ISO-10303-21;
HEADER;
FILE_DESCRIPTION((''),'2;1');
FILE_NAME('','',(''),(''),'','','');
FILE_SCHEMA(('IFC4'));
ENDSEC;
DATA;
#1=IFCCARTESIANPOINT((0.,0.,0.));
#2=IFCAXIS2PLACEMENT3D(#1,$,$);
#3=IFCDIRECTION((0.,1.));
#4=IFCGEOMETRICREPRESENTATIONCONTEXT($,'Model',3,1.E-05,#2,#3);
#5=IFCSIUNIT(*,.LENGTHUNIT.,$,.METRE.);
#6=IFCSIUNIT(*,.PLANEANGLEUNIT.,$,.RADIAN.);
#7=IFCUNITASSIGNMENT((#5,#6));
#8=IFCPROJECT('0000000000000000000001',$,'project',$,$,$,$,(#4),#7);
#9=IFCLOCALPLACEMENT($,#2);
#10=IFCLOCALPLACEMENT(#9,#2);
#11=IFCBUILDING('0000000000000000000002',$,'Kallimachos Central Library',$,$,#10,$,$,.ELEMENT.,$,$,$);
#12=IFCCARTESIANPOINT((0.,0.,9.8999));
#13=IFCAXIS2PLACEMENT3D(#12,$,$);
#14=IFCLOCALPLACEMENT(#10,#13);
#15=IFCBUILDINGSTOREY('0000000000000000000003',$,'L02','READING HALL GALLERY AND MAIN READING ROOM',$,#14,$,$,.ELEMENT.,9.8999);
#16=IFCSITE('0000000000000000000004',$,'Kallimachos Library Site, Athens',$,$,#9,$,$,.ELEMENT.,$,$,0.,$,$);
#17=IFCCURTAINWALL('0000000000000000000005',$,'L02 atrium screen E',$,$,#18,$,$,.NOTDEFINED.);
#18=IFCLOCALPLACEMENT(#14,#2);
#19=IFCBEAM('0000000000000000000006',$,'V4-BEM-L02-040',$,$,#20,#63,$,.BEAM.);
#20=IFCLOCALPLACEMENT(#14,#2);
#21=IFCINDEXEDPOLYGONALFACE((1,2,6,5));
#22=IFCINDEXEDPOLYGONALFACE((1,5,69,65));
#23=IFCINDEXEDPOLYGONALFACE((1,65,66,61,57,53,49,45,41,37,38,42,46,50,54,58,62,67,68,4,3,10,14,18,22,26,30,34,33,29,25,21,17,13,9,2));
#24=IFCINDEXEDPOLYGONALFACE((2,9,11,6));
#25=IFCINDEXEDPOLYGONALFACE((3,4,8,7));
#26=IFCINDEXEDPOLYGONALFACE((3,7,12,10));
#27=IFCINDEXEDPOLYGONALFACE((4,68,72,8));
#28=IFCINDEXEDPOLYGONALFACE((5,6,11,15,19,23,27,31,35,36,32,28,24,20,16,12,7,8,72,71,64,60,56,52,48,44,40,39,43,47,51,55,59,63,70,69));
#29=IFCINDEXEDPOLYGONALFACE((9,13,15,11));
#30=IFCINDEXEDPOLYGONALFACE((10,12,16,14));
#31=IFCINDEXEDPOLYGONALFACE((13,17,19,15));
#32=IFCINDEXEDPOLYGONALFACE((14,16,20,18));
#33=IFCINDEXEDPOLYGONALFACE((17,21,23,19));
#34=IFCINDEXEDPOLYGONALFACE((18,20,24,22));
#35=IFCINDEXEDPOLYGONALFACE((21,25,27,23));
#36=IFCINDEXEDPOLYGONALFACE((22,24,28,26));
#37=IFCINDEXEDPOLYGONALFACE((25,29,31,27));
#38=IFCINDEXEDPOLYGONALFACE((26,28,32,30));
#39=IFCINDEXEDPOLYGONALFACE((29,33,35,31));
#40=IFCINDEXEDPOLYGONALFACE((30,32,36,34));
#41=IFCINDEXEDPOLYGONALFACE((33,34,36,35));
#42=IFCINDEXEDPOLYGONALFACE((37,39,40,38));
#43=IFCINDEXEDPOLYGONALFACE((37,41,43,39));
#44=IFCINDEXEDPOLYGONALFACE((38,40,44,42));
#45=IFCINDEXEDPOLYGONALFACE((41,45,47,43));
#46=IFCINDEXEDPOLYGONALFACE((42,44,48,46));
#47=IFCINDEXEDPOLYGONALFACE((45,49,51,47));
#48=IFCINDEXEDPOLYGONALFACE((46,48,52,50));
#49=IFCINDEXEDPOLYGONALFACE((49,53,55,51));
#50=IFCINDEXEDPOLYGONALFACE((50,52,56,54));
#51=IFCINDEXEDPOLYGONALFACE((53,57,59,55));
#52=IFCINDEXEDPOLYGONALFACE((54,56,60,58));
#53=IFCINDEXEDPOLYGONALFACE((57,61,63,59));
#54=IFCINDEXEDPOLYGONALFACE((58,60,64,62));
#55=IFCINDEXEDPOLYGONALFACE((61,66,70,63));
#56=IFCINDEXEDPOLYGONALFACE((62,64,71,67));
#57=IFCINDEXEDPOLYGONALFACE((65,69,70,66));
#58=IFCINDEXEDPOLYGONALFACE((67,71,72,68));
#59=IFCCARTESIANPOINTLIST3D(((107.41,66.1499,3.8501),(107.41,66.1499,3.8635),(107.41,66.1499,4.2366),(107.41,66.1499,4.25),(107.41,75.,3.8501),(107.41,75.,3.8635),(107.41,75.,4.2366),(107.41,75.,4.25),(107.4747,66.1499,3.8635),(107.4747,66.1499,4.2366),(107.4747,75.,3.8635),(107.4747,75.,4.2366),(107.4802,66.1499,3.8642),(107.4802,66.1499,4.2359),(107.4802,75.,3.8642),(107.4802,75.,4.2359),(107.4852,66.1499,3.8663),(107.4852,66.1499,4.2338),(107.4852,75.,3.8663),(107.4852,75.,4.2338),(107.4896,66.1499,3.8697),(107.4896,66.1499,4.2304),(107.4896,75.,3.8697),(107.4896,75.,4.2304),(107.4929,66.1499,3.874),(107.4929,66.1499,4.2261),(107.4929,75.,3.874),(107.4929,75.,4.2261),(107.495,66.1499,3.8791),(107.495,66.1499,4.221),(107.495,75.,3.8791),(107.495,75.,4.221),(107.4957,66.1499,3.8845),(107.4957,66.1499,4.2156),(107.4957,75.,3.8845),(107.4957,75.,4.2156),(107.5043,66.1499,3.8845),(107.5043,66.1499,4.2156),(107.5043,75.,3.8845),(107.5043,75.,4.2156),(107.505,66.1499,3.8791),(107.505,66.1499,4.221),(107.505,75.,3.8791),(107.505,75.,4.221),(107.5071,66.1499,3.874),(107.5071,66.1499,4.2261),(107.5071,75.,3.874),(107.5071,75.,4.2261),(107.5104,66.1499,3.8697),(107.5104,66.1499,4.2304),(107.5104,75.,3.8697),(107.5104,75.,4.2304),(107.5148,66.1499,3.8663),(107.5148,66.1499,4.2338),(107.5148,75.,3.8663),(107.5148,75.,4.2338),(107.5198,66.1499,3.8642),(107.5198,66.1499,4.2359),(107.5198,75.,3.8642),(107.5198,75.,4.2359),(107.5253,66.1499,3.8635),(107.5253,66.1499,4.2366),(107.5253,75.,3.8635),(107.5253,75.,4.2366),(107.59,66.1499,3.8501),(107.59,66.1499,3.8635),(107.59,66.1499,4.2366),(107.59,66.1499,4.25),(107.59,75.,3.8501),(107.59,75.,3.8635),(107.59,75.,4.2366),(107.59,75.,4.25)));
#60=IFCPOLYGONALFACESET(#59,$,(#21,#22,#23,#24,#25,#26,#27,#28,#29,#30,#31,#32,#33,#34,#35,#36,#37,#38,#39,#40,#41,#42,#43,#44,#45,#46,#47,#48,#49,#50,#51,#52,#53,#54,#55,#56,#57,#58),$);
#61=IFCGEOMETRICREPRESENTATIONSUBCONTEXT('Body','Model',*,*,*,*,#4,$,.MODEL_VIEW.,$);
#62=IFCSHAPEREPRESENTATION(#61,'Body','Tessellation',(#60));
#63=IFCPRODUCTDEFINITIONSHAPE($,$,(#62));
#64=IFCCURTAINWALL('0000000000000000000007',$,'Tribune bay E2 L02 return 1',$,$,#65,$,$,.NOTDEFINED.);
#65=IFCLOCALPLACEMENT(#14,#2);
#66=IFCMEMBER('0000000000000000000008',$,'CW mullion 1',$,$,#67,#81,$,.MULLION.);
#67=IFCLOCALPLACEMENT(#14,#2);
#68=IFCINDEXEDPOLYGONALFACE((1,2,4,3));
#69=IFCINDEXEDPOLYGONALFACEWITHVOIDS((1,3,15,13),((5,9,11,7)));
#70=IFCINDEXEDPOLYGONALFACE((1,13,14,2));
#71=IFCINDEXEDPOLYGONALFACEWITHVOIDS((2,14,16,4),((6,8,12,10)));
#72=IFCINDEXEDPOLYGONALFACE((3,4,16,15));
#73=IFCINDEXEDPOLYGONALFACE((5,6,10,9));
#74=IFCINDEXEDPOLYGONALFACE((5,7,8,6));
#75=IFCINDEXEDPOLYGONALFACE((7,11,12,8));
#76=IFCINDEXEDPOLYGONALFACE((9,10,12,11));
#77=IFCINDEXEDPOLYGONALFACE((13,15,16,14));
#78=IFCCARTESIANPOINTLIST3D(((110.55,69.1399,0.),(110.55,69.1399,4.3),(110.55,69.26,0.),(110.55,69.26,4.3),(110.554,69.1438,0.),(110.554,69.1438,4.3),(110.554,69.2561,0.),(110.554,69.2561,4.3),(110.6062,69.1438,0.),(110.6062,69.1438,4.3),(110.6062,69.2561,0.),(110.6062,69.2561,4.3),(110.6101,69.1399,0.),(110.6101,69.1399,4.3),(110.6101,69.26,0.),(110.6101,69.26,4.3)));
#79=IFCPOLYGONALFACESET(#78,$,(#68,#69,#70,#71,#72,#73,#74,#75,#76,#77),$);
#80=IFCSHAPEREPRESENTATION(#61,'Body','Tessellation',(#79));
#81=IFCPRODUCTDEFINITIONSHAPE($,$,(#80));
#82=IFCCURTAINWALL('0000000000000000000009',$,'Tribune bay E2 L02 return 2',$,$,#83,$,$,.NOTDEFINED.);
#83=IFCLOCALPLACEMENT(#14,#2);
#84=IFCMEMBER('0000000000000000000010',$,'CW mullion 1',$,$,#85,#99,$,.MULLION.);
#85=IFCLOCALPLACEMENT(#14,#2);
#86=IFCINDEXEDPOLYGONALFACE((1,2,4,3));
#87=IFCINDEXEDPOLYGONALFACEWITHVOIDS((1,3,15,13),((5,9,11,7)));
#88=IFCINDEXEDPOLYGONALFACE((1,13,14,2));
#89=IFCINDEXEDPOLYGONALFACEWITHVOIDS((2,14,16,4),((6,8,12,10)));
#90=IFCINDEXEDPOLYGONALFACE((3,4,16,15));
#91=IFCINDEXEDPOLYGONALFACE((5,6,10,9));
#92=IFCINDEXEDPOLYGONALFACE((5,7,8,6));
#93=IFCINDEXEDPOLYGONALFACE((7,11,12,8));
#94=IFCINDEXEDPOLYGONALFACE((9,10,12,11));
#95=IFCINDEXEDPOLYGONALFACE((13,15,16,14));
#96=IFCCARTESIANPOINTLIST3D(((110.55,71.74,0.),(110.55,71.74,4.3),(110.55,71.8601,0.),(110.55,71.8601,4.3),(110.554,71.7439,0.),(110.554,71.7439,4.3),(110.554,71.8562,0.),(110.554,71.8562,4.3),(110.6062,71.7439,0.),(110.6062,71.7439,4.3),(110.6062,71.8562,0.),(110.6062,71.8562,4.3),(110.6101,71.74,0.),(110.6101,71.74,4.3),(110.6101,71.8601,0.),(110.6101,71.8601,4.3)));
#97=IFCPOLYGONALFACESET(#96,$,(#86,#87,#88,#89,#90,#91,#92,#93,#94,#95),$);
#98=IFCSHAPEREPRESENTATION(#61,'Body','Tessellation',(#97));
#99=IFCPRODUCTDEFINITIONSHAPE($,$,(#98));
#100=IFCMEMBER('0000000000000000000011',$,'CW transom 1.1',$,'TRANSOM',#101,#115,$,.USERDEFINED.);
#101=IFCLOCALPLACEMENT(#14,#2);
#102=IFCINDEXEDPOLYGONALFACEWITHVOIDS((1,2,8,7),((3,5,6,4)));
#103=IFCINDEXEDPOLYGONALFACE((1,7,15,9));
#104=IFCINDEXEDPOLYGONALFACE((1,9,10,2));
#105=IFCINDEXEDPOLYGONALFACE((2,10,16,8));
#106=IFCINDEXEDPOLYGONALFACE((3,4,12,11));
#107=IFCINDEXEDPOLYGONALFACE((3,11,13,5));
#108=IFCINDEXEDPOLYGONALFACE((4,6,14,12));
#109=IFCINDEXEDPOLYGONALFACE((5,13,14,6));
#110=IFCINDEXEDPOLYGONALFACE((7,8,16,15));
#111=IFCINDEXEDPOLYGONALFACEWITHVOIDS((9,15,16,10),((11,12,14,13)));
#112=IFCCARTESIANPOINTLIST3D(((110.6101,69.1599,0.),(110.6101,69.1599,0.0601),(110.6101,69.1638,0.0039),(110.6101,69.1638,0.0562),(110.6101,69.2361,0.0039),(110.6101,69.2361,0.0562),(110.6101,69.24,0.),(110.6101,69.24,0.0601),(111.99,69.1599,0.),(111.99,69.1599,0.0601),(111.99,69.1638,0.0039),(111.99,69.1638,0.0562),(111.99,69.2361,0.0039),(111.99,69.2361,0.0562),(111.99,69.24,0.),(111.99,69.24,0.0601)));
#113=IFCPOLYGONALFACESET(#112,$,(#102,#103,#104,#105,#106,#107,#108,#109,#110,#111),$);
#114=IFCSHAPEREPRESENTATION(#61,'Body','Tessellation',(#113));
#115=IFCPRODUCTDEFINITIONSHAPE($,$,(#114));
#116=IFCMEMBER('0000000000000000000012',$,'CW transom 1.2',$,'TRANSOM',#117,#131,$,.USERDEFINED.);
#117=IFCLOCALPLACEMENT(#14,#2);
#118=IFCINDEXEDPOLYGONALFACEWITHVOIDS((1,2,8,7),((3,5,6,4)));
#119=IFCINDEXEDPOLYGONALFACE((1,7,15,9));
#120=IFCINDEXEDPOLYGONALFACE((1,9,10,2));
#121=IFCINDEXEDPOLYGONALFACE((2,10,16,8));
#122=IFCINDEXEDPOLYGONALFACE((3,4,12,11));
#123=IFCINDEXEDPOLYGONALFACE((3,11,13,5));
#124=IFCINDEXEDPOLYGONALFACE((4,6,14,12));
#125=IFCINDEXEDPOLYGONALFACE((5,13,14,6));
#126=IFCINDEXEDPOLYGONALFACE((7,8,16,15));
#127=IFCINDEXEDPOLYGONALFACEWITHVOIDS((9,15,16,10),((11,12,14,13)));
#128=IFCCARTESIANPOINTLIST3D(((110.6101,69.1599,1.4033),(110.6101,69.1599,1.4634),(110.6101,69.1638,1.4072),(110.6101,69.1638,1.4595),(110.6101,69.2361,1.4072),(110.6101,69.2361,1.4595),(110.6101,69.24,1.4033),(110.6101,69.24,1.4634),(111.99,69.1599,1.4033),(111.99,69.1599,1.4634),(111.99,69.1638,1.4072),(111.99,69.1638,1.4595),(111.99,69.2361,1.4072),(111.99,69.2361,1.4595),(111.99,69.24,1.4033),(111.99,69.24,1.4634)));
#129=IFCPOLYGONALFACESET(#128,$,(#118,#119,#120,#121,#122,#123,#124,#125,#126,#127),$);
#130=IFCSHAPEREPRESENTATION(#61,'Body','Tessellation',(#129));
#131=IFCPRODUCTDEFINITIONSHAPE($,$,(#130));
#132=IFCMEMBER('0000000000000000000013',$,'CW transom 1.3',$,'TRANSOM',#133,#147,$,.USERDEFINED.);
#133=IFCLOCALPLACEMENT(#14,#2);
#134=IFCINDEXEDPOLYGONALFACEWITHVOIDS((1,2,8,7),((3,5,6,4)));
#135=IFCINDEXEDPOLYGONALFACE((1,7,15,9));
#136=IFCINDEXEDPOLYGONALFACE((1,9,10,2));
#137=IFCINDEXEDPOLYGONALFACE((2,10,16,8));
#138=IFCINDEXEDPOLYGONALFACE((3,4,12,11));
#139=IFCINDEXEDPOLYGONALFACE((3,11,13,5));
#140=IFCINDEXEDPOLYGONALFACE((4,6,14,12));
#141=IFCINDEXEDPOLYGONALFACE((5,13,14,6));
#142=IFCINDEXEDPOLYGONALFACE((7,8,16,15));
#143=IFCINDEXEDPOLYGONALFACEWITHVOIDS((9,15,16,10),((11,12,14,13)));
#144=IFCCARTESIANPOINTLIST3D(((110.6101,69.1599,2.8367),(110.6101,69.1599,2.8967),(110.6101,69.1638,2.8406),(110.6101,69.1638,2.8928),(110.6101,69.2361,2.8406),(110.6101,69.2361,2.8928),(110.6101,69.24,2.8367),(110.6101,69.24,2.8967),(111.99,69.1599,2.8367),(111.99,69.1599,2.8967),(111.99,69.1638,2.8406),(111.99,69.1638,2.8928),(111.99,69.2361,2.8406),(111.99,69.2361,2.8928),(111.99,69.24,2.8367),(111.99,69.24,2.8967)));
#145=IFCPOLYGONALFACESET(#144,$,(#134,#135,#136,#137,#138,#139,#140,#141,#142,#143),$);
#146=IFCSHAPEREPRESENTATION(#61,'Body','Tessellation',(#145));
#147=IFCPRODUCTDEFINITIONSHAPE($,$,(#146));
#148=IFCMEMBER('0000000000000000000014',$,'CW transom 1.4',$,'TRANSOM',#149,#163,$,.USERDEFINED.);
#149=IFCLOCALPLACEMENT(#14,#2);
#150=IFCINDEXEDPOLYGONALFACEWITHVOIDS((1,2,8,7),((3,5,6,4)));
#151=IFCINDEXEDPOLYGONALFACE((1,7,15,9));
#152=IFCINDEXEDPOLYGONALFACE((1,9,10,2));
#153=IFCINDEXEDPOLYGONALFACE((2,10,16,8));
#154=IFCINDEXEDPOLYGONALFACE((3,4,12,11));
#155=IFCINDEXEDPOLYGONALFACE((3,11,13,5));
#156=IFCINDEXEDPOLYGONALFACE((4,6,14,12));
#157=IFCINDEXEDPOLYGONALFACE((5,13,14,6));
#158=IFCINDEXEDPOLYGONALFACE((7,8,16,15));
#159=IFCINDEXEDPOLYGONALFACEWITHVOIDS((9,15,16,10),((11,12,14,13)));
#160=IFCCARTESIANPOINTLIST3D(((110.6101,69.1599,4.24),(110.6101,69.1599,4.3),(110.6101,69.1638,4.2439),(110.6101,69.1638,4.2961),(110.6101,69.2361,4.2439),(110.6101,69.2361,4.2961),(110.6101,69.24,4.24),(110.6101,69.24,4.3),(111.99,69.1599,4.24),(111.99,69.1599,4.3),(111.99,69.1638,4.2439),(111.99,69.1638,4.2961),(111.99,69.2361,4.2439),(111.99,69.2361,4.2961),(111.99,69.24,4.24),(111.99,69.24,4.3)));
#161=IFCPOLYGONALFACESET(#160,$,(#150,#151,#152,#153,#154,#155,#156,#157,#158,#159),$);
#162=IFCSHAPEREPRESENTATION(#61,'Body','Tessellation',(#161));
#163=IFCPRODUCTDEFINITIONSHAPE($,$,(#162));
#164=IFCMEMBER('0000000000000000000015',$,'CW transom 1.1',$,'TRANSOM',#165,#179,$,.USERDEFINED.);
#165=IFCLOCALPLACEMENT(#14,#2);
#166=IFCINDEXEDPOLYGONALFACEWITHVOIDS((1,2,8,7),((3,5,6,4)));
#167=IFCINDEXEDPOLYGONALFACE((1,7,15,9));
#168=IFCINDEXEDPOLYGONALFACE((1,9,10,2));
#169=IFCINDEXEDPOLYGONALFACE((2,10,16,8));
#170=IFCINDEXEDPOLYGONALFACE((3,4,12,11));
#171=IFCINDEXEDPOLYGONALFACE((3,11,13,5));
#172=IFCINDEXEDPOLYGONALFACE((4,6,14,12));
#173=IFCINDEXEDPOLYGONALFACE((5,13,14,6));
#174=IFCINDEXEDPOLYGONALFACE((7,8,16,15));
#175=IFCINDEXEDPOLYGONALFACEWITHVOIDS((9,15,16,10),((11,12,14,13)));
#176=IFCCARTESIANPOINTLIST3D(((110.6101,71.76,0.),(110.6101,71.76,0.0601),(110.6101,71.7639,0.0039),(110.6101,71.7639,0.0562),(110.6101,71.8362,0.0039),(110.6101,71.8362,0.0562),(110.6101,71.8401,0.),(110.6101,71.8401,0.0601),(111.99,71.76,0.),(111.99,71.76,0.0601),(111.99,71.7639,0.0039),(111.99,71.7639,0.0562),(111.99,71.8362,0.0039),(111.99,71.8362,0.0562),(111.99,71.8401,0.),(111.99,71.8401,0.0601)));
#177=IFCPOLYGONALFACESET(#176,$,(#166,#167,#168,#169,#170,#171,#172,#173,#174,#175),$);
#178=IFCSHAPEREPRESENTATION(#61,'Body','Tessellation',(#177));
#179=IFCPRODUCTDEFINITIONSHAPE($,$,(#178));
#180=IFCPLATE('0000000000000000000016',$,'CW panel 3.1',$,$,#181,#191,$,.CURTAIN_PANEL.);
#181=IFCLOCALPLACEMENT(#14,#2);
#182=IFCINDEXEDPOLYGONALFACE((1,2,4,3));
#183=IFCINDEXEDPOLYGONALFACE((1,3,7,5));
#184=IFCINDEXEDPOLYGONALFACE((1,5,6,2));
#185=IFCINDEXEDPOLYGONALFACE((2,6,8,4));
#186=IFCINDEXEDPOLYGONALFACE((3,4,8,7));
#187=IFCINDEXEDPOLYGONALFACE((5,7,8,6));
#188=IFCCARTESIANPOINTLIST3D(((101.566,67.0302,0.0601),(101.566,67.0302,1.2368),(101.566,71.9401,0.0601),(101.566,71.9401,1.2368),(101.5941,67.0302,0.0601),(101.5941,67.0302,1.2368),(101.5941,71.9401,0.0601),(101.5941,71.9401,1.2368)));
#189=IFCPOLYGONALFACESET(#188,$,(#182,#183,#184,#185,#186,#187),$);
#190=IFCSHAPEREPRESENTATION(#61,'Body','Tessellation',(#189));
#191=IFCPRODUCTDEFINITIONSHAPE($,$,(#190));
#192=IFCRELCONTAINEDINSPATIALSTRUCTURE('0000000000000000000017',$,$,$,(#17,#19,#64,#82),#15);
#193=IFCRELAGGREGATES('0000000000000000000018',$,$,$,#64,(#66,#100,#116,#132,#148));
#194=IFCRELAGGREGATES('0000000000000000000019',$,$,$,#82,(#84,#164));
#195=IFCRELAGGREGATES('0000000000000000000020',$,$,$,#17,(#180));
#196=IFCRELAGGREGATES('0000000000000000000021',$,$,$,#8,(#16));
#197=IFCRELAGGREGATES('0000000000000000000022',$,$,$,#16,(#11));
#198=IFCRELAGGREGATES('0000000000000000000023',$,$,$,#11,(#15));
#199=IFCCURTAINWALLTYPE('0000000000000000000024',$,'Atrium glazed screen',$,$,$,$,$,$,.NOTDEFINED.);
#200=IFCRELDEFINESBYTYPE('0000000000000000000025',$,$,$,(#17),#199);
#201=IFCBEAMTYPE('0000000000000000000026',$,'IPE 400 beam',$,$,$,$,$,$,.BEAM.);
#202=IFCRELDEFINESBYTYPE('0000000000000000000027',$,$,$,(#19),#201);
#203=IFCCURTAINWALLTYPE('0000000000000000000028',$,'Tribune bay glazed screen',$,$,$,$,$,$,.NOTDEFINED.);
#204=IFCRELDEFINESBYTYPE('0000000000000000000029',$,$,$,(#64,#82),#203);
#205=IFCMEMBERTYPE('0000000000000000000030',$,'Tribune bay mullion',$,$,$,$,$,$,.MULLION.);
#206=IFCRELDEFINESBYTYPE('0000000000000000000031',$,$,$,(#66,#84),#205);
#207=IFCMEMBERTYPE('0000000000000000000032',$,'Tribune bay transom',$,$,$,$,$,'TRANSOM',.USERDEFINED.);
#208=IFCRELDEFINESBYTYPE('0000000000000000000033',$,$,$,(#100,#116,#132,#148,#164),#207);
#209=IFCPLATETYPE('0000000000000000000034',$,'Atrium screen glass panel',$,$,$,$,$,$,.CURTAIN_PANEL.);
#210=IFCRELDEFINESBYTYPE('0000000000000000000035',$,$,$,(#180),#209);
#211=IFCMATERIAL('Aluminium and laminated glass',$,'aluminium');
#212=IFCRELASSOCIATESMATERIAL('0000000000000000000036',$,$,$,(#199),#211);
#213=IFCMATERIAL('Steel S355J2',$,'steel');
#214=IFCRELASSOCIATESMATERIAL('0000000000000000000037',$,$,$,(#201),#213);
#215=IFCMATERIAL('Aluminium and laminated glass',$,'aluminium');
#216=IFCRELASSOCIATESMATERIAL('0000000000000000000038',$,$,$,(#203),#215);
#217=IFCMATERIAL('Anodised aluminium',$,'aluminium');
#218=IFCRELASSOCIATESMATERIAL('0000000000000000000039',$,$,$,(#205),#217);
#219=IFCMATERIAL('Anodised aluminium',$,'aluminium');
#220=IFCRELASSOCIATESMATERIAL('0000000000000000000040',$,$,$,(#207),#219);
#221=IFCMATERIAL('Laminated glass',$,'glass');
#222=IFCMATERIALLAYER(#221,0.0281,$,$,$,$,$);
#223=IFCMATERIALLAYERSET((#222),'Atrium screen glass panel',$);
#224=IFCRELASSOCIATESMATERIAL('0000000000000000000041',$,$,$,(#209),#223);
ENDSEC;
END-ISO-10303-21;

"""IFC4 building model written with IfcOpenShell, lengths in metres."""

from ifc_helpers import new_model, si_unit, direction, frame, origin, origin_2d, place, context, subcontext, project, spatial, rectangle, hollow_rectangle, i_section, extrude, material, layer, layer_set, material_profile, profile_set, type_object, element, aggregate, save


model = new_model("IFC4")

# Units and contexts
model_context = context("Model", 3, precision=1e-05, world=origin(), true_north=direction((0.0, 1.0)))
body_context = subcontext(model_context, "Body", "Model", "MODEL_VIEW")
ifc_project = project(units=[si_unit("LENGTHUNIT", "METRE"), si_unit("PLANEANGLEUNIT", "RADIAN")], contexts=[model_context])

# Site, building, storey
site_placement = place(None, origin())
site = spatial("IfcSite", under=ifc_project, at=site_placement, Name="Kallimachos Library Site, Athens", CompositionType="ELEMENT", RefElevation=0.0)
building_placement = place(site_placement, origin())
building = spatial("IfcBuilding", under=site, at=building_placement, Name="Kallimachos Central Library", CompositionType="ELEMENT")
storey_placement = place(building_placement, frame((0.0, 0.0, 9.8999)))
storey = spatial("IfcBuildingStorey", under=building, at=storey_placement, Name="L02", Description="READING HALL GALLERY AND MAIN READING ROOM", CompositionType="ELEMENT", Elevation=9.8999)

# Curtain wall
ifc_material_1 = material(Name="Aluminium and laminated glass", Category="aluminium")
curtain_wall_type_1 = type_object("IfcCurtainWallType", Name="Atrium glazed screen", PredefinedType="NOTDEFINED", material=ifc_material_1)
curtain_wall_1_placement = place(storey_placement, origin())
curtain_wall_1 = element("IfcCurtainWall", 1, at=curtain_wall_1_placement, inside=storey, type_object=curtain_wall_type_1, Name="L02 atrium screen E", PredefinedType="NOTDEFINED")

# Beam
ifc_material_2 = material(Name="Steel S355J2", Category="steel")
ifc_material_profile_1 = material_profile(ifc_material_2, i_section(OverallWidth=0.1799, OverallDepth=0.3999, WebThickness=0.0085, FlangeThickness=0.0134, FilletRadius=0.021, at=origin_2d()), Name="IPE 400")
ifc_profile_set_1 = profile_set([ifc_material_profile_1], Name="Steel S355J2")
beam_type_1 = type_object("IfcBeamType", Name="IPE 400 beam", PredefinedType="BEAM", material=ifc_profile_set_1)
for number, where, z_axis, x_axis, name in (
    (2, (107.5, 66.1499, 4.05), (0.0, 1.0, 0.0), (-1.0, 0.0, 0.0), "V4-BEM-L02-040"),
):
    element("IfcBeam", number, at=place(storey_placement, frame(where, z_axis=z_axis, x_axis=x_axis)), inside=storey, type_object=beam_type_1, Name=name, PredefinedType="BEAM", context=body_context, shape_type="SweptSolid", body=[
        extrude(i_section(OverallWidth=0.1799, OverallDepth=0.3999, WebThickness=0.0085, FlangeThickness=0.0134, FilletRadius=0.021, at=origin_2d()), origin(), (0.0, 0.0, 1.0), 8.8501),
    ])

# Curtain walls, members
ifc_material_3 = material(Name="Aluminium and laminated glass", Category="aluminium")
curtain_wall_type_2 = type_object("IfcCurtainWallType", Name="Tribune bay glazed screen", PredefinedType="NOTDEFINED", material=ifc_material_3)
curtain_wall_2_placement = place(storey_placement, origin())
curtain_wall_2 = element("IfcCurtainWall", 3, at=curtain_wall_2_placement, inside=storey, type_object=curtain_wall_type_2, Name="Tribune bay E2 L02 return 1", PredefinedType="NOTDEFINED")
ifc_material_4 = material(Name="Anodised aluminium", Category="aluminium")
ifc_material_profile_2 = material_profile(ifc_material_4, hollow_rectangle(XDim=0.0601, YDim=0.1201, WallThickness=0.0039, at=origin_2d()), Name="ALU MULLION 60x120")
ifc_profile_set_2 = profile_set([ifc_material_profile_2], Name="Anodised aluminium")
member_type_1 = type_object("IfcMemberType", Name="Tribune bay mullion", PredefinedType="MULLION", material=ifc_profile_set_2)
member_1_placement = place(storey_placement, frame((110.5801, 69.2, 0.0), z_axis=(0.0, 0.0, 1.0), x_axis=(1.0, 0.0, 0.0)))
member_1 = element("IfcMember", 4, at=member_1_placement, type_object=member_type_1, Name="CW mullion 1", PredefinedType="MULLION", context=body_context, shape_type="SweptSolid", body=[
    extrude(hollow_rectangle(XDim=0.0601, YDim=0.1201, WallThickness=0.0039, at=origin_2d()), origin(), (0.0, 0.0, 1.0), 4.3),
])
curtain_wall_3_placement = place(storey_placement, origin())
curtain_wall_3 = element("IfcCurtainWall", 5, at=curtain_wall_3_placement, inside=storey, type_object=curtain_wall_type_2, Name="Tribune bay E2 L02 return 2", PredefinedType="NOTDEFINED")
member_2_placement = place(storey_placement, frame((110.5801, 71.8, 0.0), z_axis=(0.0, 0.0, 1.0), x_axis=(1.0, 0.0, 0.0)))
member_2 = element("IfcMember", 6, at=member_2_placement, type_object=member_type_1, Name="CW mullion 1", PredefinedType="MULLION", context=body_context, shape_type="SweptSolid", body=[
    extrude(hollow_rectangle(XDim=0.0601, YDim=0.1201, WallThickness=0.0039, at=origin_2d()), origin(), (0.0, 0.0, 1.0), 4.3),
])

# Members
ifc_material_5 = material(Name="Anodised aluminium", Category="aluminium")
ifc_material_profile_3 = material_profile(ifc_material_5, hollow_rectangle(XDim=0.0601, YDim=0.0801, WallThickness=0.0039, at=origin_2d()), Name="ALU TRANSOM 60x80")
ifc_profile_set_3 = profile_set([ifc_material_profile_3], Name="Anodised aluminium")
member_type_2 = type_object("IfcMemberType", Name="Tribune bay transom", ElementType="TRANSOM", PredefinedType="USERDEFINED", material=ifc_profile_set_3)
member_3_placement = place(storey_placement, frame((110.6101, 69.2, 0.03), z_axis=(1.0, 0.0, 0.0), x_axis=(0.0, 0.0, 1.0)))
member_3 = element("IfcMember", 7, at=member_3_placement, type_object=member_type_2, Name="CW transom 1.1", ObjectType="TRANSOM", PredefinedType="USERDEFINED", context=body_context, shape_type="SweptSolid", body=[
    extrude(hollow_rectangle(XDim=0.0601, YDim=0.0801, WallThickness=0.0039, at=origin_2d()), origin(), (0.0, 0.0, 1.0), 1.3799),
])
member_4_placement = place(storey_placement, frame((110.6101, 69.2, 1.4333), z_axis=(1.0, 0.0, 0.0), x_axis=(0.0, 0.0, 1.0)))
member_4 = element("IfcMember", 8, at=member_4_placement, type_object=member_type_2, Name="CW transom 1.2", ObjectType="TRANSOM", PredefinedType="USERDEFINED", context=body_context, shape_type="SweptSolid", body=[
    extrude(hollow_rectangle(XDim=0.0601, YDim=0.0801, WallThickness=0.0039, at=origin_2d()), origin(), (0.0, 0.0, 1.0), 1.3799),
])
member_5_placement = place(storey_placement, frame((110.6101, 69.2, 2.8667), z_axis=(1.0, 0.0, 0.0), x_axis=(0.0, 0.0, 1.0)))
member_5 = element("IfcMember", 9, at=member_5_placement, type_object=member_type_2, Name="CW transom 1.3", ObjectType="TRANSOM", PredefinedType="USERDEFINED", context=body_context, shape_type="SweptSolid", body=[
    extrude(hollow_rectangle(XDim=0.0601, YDim=0.0801, WallThickness=0.0039, at=origin_2d()), origin(), (0.0, 0.0, 1.0), 1.3799),
])
member_6_placement = place(storey_placement, frame((110.6101, 69.2, 4.27), z_axis=(1.0, 0.0, 0.0), x_axis=(0.0, 0.0, 1.0)))
member_6 = element("IfcMember", 10, at=member_6_placement, type_object=member_type_2, Name="CW transom 1.4", ObjectType="TRANSOM", PredefinedType="USERDEFINED", context=body_context, shape_type="SweptSolid", body=[
    extrude(hollow_rectangle(XDim=0.0601, YDim=0.0801, WallThickness=0.0039, at=origin_2d()), origin(), (0.0, 0.0, 1.0), 1.3799),
])
aggregate(curtain_wall_2, [member_1, member_3, member_4, member_5, member_6])
member_7_placement = place(storey_placement, frame((110.6101, 71.8, 0.03), z_axis=(1.0, 0.0, 0.0), x_axis=(0.0, 0.0, 1.0)))
member_7 = element("IfcMember", 11, at=member_7_placement, type_object=member_type_2, Name="CW transom 1.1", ObjectType="TRANSOM", PredefinedType="USERDEFINED", context=body_context, shape_type="SweptSolid", body=[
    extrude(hollow_rectangle(XDim=0.0601, YDim=0.0801, WallThickness=0.0039, at=origin_2d()), origin(), (0.0, 0.0, 1.0), 1.3799),
])
aggregate(curtain_wall_3, [member_2, member_7])

# Plate
ifc_material_6 = material(Name="Laminated glass", Category="glass")
ifc_layer_1 = layer(ifc_material_6, 0.0281)
ifc_layer_set_1 = layer_set([ifc_layer_1], Name="Atrium screen glass panel")
plate_type = type_object("IfcPlateType", Name="Atrium screen glass panel", PredefinedType="CURTAIN_PANEL", material=ifc_layer_set_1)
plate_1_placement = place(storey_placement, frame((101.5801, 69.4851, 0.0601), z_axis=(0.0, 0.0, 1.0), x_axis=(0.0, 1.0, 0.0)))
plate_1 = element("IfcPlate", 12, at=plate_1_placement, type_object=plate_type, Name="CW panel 3.1", PredefinedType="CURTAIN_PANEL", context=body_context, shape_type="SweptSolid", body=[
    extrude(rectangle(XDim=4.9099, YDim=0.0281, at=origin_2d()), origin(), (0.0, 0.0, 1.0), 1.1768),
])
aggregate(curtain_wall_1, [plate_1])

save(model, "model.ifc")
